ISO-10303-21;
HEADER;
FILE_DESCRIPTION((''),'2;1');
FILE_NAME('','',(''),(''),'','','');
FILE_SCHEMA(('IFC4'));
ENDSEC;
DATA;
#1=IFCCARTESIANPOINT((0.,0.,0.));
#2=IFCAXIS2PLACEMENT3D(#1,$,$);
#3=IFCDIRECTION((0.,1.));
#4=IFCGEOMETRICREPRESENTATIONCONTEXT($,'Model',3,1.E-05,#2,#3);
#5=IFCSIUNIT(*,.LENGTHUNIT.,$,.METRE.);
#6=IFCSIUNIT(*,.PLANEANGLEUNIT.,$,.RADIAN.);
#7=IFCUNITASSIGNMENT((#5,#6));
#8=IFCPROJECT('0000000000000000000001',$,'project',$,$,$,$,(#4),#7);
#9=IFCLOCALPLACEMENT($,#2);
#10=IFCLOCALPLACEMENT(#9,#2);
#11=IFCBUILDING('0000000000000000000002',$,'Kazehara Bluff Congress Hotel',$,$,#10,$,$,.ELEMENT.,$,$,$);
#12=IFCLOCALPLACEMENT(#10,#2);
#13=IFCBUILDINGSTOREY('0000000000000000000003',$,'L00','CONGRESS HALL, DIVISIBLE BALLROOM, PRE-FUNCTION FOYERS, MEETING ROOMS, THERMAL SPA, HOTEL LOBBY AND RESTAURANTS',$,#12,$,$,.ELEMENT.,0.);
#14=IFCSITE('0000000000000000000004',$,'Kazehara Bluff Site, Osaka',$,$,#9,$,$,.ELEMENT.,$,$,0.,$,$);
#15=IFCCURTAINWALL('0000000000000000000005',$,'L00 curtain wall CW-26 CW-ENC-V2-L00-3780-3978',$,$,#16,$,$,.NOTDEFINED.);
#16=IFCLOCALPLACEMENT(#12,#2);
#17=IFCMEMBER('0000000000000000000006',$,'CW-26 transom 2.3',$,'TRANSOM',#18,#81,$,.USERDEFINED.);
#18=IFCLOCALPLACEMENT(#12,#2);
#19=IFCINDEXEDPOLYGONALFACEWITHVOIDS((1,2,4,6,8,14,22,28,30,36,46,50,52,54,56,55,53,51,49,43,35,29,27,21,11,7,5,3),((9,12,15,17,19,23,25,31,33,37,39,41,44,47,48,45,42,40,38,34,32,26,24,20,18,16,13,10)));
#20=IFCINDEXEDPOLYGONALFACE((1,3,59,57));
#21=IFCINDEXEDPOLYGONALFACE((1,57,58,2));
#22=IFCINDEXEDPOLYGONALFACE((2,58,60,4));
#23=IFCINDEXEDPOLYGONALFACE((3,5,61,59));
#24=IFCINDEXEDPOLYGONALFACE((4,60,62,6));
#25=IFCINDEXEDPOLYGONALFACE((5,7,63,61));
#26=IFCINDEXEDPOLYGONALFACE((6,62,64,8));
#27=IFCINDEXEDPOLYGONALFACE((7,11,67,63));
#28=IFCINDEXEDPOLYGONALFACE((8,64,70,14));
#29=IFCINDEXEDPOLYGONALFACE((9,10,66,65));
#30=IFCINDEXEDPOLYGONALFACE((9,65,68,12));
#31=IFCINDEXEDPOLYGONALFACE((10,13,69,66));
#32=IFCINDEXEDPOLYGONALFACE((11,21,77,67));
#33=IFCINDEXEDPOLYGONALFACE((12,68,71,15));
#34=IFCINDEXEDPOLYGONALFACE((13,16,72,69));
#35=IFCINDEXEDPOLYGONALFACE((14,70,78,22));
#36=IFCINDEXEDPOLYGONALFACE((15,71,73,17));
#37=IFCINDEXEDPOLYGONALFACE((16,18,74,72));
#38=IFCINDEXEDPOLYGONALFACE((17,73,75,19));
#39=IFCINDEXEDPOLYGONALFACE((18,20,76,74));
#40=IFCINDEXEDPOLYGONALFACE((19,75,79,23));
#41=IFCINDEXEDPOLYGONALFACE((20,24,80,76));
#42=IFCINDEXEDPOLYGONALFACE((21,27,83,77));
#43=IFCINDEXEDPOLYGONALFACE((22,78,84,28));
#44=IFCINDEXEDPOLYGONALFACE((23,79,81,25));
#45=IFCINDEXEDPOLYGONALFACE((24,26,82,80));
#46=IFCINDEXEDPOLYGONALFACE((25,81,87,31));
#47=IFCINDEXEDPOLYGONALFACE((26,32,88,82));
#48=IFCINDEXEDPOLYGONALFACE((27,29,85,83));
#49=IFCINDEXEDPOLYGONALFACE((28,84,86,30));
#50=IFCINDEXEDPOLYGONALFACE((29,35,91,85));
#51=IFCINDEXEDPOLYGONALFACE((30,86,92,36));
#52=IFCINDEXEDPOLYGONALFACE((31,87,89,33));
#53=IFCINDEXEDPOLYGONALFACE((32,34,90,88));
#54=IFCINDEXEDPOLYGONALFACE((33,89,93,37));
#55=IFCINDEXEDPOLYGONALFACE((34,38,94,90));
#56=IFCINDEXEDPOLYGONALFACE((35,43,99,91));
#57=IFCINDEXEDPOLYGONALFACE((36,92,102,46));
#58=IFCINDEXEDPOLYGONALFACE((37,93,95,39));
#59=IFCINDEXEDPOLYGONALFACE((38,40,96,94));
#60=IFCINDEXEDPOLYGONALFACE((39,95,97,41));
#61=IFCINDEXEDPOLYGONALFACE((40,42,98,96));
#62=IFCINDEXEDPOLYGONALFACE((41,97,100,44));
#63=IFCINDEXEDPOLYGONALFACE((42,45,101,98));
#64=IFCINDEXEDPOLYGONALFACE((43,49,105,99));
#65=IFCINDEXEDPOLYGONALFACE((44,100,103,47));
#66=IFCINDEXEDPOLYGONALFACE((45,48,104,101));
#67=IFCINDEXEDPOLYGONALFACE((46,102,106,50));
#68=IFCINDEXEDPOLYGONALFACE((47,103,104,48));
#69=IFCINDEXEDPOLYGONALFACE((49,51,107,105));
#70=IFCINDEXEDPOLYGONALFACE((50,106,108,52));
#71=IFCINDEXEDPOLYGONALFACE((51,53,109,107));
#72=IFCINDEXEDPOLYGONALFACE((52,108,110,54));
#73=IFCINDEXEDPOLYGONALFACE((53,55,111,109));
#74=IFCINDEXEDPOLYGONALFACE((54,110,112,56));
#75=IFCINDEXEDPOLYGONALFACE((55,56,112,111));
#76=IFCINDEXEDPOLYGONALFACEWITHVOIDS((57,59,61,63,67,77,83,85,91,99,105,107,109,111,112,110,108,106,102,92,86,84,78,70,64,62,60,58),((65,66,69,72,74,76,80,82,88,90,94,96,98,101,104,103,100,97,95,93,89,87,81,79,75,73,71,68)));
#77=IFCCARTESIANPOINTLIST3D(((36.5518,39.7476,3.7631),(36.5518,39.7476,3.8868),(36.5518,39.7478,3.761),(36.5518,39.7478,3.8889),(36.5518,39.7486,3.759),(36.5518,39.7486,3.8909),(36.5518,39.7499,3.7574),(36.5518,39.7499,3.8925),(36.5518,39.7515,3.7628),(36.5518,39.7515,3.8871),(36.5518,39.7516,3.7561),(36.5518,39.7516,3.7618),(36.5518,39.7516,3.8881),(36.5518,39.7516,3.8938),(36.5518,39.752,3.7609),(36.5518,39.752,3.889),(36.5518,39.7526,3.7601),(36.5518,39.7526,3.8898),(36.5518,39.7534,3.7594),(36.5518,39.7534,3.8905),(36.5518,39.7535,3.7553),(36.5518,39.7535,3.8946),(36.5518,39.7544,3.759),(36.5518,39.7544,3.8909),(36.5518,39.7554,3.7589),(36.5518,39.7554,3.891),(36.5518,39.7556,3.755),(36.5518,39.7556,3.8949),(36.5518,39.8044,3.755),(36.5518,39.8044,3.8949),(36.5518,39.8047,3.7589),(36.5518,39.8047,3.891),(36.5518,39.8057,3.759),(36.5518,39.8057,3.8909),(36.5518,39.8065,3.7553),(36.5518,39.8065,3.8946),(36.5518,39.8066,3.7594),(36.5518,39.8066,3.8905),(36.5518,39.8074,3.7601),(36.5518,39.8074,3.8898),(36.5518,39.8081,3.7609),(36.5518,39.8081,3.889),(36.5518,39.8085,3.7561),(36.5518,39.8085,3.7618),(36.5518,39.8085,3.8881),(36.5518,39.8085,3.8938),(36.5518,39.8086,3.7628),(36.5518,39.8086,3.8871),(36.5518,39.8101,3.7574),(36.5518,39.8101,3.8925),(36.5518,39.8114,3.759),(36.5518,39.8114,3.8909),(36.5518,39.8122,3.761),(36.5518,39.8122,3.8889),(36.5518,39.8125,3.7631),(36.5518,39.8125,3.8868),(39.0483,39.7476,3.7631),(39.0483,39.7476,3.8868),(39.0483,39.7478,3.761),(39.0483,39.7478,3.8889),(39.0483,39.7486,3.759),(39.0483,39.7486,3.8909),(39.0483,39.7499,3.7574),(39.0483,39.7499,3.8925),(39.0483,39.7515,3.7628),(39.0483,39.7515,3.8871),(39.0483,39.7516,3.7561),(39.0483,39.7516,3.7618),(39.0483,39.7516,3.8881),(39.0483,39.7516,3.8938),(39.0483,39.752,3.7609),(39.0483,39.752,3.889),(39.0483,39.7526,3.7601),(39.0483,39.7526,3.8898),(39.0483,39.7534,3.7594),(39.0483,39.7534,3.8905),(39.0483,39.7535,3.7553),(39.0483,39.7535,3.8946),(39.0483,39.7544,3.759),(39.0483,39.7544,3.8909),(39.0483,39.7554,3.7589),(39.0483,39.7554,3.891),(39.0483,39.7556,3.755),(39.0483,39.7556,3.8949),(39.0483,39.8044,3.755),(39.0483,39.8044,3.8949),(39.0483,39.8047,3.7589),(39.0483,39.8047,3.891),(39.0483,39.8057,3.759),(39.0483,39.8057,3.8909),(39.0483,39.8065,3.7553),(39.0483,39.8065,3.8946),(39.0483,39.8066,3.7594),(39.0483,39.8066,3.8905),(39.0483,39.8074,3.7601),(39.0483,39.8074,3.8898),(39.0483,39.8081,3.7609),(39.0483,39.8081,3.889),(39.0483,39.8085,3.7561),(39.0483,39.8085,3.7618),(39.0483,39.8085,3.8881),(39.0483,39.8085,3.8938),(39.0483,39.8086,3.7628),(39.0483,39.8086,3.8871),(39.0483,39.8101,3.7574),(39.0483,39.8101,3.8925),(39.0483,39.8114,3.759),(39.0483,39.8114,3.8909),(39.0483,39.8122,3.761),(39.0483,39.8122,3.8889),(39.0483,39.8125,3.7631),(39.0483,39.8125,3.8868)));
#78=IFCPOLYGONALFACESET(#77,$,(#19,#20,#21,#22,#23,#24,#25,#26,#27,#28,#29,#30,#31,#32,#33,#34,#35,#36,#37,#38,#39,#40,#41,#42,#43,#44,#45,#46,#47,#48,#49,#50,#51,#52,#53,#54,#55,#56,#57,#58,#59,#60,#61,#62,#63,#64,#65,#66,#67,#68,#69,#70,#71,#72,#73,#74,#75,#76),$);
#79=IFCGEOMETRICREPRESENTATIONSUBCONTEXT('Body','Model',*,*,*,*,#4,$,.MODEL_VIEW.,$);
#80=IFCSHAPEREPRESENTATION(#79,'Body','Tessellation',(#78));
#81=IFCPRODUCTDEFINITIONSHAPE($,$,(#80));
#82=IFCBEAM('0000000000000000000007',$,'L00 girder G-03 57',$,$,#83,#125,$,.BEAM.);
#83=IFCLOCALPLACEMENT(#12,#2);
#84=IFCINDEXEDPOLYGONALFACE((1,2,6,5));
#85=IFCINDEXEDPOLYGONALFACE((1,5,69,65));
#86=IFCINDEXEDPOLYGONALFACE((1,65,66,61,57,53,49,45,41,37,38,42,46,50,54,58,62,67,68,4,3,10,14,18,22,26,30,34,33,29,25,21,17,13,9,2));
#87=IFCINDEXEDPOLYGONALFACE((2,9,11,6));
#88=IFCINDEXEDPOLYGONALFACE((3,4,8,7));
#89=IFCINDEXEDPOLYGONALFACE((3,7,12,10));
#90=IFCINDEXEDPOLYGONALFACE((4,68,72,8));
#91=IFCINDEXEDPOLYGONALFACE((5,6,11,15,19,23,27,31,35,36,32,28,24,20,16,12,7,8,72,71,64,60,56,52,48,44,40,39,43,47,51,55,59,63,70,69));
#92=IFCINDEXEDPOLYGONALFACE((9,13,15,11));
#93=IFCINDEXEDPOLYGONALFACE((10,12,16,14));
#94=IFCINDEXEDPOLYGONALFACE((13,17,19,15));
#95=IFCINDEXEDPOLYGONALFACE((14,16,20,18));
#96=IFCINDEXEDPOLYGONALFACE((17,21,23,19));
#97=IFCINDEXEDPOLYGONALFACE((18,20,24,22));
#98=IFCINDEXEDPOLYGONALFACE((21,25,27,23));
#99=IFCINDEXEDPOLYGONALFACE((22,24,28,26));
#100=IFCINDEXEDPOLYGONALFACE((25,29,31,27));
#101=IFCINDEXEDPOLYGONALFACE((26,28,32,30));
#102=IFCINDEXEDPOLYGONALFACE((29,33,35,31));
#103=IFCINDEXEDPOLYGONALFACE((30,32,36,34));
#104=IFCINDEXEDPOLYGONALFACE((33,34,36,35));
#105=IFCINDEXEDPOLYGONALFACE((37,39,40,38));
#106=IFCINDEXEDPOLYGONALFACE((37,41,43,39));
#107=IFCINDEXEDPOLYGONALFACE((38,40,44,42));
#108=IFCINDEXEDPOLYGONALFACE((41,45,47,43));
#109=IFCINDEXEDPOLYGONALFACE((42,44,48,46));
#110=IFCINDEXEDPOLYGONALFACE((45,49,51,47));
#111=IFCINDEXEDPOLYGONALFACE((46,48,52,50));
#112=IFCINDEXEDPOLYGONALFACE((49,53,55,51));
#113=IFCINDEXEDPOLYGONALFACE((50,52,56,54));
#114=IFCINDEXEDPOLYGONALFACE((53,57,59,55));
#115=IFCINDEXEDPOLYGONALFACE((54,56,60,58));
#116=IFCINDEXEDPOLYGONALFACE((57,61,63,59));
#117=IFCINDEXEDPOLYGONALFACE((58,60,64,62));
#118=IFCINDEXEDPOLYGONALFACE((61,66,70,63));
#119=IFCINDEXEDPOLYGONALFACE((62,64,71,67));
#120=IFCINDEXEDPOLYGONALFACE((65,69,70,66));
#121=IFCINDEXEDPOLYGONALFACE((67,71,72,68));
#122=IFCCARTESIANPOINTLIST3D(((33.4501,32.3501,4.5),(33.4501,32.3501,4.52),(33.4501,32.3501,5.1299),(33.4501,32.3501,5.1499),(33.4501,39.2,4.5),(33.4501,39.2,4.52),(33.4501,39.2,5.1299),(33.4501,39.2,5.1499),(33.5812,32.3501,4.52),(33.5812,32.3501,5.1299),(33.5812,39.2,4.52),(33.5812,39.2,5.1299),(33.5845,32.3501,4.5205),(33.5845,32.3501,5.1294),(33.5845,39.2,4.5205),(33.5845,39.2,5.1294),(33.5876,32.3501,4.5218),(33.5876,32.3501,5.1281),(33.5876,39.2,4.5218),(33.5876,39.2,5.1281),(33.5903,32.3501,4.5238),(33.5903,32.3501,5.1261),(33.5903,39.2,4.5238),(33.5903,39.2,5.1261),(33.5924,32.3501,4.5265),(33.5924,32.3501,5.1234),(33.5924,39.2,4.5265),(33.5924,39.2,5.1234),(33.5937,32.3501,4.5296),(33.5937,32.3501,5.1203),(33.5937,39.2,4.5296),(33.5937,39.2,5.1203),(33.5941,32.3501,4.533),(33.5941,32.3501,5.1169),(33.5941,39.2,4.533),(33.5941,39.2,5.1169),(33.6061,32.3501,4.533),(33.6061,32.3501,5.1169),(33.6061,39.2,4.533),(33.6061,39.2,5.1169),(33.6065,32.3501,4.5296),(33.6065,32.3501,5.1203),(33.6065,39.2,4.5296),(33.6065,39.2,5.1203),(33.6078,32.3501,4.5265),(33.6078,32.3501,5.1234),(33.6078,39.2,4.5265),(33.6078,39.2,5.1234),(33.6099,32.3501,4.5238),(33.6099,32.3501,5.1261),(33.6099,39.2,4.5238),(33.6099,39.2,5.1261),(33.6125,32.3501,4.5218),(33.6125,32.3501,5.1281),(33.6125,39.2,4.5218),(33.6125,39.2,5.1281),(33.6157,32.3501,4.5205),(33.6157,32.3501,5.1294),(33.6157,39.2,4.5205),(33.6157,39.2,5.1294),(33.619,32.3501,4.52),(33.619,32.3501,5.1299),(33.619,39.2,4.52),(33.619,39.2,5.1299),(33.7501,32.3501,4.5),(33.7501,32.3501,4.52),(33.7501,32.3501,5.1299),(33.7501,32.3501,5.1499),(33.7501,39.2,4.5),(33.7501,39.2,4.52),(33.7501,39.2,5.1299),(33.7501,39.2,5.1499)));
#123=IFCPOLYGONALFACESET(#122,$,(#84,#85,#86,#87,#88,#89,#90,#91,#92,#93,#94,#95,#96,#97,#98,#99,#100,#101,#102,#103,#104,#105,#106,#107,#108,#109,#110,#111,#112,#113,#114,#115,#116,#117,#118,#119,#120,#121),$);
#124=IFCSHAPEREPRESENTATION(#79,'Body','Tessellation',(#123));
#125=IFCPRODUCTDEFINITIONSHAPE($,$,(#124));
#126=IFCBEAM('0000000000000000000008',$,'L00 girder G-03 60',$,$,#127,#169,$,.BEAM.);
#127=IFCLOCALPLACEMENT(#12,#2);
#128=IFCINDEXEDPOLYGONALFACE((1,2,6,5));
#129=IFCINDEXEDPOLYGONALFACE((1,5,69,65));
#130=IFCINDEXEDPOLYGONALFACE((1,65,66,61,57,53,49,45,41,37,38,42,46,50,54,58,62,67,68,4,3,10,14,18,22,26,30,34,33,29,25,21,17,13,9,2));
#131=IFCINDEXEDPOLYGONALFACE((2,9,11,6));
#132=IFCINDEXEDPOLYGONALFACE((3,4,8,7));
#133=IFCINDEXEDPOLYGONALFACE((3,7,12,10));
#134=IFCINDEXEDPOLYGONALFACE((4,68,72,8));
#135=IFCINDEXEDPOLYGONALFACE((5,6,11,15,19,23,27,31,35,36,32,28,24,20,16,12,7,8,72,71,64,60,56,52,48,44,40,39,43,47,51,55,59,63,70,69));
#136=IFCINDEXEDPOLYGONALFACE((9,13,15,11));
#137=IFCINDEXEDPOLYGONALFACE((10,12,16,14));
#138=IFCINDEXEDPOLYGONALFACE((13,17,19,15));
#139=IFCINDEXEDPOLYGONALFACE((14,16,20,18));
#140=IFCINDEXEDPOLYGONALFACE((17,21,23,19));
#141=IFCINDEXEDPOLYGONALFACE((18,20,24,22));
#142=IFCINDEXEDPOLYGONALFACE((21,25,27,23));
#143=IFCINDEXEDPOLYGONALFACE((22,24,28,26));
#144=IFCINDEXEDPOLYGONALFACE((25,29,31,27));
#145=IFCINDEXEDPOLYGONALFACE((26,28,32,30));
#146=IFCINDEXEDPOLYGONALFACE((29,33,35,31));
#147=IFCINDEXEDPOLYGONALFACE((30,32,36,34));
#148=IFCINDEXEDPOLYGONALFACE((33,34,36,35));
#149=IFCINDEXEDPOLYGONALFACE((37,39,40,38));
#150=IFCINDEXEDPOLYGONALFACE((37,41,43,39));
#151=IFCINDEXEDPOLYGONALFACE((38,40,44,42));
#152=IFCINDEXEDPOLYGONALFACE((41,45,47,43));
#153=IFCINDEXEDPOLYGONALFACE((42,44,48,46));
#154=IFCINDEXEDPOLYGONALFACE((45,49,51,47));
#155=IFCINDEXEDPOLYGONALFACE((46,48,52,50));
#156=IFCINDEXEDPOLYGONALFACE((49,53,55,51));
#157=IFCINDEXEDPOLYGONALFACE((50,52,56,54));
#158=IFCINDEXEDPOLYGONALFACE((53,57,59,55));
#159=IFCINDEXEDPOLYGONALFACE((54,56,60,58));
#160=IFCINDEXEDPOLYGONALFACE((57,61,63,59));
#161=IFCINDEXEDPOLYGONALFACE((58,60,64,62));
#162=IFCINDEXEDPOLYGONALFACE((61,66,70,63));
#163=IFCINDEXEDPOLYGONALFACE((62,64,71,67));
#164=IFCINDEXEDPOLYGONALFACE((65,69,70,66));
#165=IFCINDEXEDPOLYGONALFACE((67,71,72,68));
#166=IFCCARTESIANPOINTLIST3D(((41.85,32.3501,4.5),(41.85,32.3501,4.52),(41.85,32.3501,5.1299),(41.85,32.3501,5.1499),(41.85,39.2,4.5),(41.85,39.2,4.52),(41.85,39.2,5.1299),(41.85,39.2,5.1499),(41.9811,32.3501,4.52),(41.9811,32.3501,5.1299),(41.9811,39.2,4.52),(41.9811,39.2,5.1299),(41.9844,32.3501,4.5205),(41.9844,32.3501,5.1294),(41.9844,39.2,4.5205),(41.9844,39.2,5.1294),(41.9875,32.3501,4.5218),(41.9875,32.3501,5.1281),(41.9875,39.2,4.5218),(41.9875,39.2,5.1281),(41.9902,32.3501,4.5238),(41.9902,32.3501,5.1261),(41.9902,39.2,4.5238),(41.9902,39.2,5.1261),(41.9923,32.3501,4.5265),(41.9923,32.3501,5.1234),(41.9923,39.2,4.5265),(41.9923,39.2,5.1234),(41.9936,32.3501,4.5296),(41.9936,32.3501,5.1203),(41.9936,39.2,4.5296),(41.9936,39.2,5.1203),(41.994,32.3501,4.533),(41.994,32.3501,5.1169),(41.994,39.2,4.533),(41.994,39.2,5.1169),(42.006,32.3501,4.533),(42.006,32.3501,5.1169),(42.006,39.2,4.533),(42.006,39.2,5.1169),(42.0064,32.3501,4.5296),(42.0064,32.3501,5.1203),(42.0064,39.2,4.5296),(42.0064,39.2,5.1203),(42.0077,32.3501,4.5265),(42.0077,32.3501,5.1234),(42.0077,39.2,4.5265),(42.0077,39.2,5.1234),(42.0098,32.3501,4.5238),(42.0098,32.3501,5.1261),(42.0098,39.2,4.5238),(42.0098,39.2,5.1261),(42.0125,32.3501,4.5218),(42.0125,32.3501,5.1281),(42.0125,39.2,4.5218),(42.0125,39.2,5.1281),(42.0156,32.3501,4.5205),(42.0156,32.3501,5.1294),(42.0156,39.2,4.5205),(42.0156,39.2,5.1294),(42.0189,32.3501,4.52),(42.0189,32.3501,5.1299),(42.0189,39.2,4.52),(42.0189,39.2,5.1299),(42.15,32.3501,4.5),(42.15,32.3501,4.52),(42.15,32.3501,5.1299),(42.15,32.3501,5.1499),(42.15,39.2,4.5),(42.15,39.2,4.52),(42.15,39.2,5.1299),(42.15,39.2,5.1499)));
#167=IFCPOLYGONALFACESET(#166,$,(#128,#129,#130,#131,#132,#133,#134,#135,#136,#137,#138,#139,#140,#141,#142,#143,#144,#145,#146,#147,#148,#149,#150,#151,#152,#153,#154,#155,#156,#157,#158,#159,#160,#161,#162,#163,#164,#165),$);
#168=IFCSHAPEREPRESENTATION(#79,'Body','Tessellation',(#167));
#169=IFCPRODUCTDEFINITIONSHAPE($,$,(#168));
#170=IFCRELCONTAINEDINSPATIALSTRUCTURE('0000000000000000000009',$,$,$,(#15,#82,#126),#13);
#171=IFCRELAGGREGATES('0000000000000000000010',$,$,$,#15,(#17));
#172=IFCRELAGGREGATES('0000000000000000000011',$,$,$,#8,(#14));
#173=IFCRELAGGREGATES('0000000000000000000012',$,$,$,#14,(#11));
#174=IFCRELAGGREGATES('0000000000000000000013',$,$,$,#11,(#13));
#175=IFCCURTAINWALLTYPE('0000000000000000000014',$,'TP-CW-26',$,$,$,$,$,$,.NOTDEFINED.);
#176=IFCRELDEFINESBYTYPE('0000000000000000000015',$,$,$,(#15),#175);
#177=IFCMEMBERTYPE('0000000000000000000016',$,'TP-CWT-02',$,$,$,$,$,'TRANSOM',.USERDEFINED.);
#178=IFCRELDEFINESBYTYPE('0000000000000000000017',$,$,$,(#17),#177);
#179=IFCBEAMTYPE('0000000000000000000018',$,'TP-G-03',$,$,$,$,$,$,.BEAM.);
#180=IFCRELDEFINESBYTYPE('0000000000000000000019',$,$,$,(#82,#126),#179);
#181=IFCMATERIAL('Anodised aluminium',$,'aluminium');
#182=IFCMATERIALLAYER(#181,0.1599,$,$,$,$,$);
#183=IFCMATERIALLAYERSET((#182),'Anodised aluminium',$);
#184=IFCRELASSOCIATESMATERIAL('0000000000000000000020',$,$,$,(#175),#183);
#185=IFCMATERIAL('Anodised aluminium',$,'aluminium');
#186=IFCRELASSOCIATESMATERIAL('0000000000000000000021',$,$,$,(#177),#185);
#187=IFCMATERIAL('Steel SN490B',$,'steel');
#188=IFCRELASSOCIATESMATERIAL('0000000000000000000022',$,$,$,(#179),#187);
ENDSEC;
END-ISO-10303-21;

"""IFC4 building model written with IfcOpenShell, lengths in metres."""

from ifc_helpers import new_model, si_unit, direction, frame, origin, origin_2d, place, context, subcontext, project, spatial, hollow_rectangle, i_section, extrude, material, layer, layer_set, material_profile, profile_set, type_object, element, aggregate, save


model = new_model("IFC4")

# Units and contexts
model_context = context("Model", 3, precision=1e-05, world=origin(), true_north=direction((0.0, 1.0)))
body_context = subcontext(model_context, "Body", "Model", "MODEL_VIEW")
ifc_project = project(units=[si_unit("LENGTHUNIT", "METRE"), si_unit("PLANEANGLEUNIT", "RADIAN")], contexts=[model_context])

# Site, building, storey
site_placement = place(None, origin())
site = spatial("IfcSite", under=ifc_project, at=site_placement, Name="Kazehara Bluff Site, Osaka", CompositionType="ELEMENT", RefElevation=0.0)
building_placement = place(site_placement, origin())
building = spatial("IfcBuilding", under=site, at=building_placement, Name="Kazehara Bluff Congress Hotel", CompositionType="ELEMENT")
storey_placement = place(building_placement, origin())
storey = spatial("IfcBuildingStorey", under=building, at=storey_placement, Name="L00", Description="CONGRESS HALL, DIVISIBLE BALLROOM, PRE-FUNCTION FOYERS, MEETING ROOMS, THERMAL SPA, HOTEL LOBBY AND RESTAURANTS", CompositionType="ELEMENT", Elevation=0.0)

# Shared definitions
ifc_material_1 = material(Name="Anodised aluminium", Category="aluminium")
ifc_layer_1 = layer(ifc_material_1, 0.1599)
ifc_layer_set_1 = layer_set([ifc_layer_1], Name="Anodised aluminium")
curtain_wall_type = type_object("IfcCurtainWallType", Name="TP-CW-26", PredefinedType="NOTDEFINED", material=ifc_layer_set_1)

# Curtain wall, member
curtain_wall_1_placement = place(storey_placement, origin())
curtain_wall_1 = element("IfcCurtainWall", 1, at=curtain_wall_1_placement, inside=storey, type_object=curtain_wall_type, Name="L00 curtain wall CW-26 CW-ENC-V2-L00-3780-3978", PredefinedType="NOTDEFINED")
ifc_material_2 = material(Name="Anodised aluminium", Category="aluminium")
ifc_material_profile_1 = material_profile(ifc_material_2, hollow_rectangle(XDim=0.0649, YDim=0.1399, WallThickness=0.0039, InnerFilletRadius=0.0039, OuterFilletRadius=0.0081, at=origin_2d()))
ifc_profile_set_1 = profile_set([ifc_material_profile_1], Name="Anodised aluminium")
member_type_1 = type_object("IfcMemberType", Name="TP-CWT-02", ElementType="TRANSOM", PredefinedType="USERDEFINED", material=ifc_profile_set_1)
member_1_placement = place(storey_placement, frame((36.5518, 39.78, 3.825), z_axis=(1.0, 0.0, 0.0), x_axis=(0.0, 1.0, 0.0)))
member_1 = element("IfcMember", 2, at=member_1_placement, type_object=member_type_1, Name="CW-26 transom 2.3", ObjectType="TRANSOM", PredefinedType="USERDEFINED", context=body_context, shape_type="SweptSolid", body=[
    extrude(hollow_rectangle(XDim=0.0649, YDim=0.1399, WallThickness=0.0039, InnerFilletRadius=0.0039, OuterFilletRadius=0.0081, at=origin_2d()), origin(), (0.0, 0.0, 1.0), 2.4966),
])

# Beams
ifc_material_3 = material(Name="Steel SN490B", Category="steel")
ifc_material_profile_2 = material_profile(ifc_material_3, i_section(OverallWidth=0.3, OverallDepth=0.6499, WebThickness=0.012, FlangeThickness=0.02, FilletRadius=0.0129, at=origin_2d()))
ifc_profile_set_2 = profile_set([ifc_material_profile_2], Name="Steel SN490B")
beam_type_1 = type_object("IfcBeamType", Name="TP-G-03", PredefinedType="BEAM", material=ifc_profile_set_2)
for number, where, z_axis, x_axis, name in (
    (3, (33.6001, 32.3501, 4.825), (0.0, 1.0, 0.0), (-1.0, 0.0, 0.0), "L00 girder G-03 57"),
    (4, (42.0, 32.3501, 4.825), (0.0, 1.0, 0.0), (-1.0, 0.0, 0.0), "L00 girder G-03 60"),
):
    element("IfcBeam", number, at=place(storey_placement, frame(where, z_axis=z_axis, x_axis=x_axis)), inside=storey, type_object=beam_type_1, Name=name, PredefinedType="BEAM", context=body_context, shape_type="SweptSolid", body=[
        extrude(i_section(OverallWidth=0.3, OverallDepth=0.6499, WebThickness=0.012, FlangeThickness=0.02, FilletRadius=0.0129, at=origin_2d()), origin(), (0.0, 0.0, 1.0), 6.8499),
    ])

aggregate(curtain_wall_1, [member_1])

save(model, "model.ifc")
